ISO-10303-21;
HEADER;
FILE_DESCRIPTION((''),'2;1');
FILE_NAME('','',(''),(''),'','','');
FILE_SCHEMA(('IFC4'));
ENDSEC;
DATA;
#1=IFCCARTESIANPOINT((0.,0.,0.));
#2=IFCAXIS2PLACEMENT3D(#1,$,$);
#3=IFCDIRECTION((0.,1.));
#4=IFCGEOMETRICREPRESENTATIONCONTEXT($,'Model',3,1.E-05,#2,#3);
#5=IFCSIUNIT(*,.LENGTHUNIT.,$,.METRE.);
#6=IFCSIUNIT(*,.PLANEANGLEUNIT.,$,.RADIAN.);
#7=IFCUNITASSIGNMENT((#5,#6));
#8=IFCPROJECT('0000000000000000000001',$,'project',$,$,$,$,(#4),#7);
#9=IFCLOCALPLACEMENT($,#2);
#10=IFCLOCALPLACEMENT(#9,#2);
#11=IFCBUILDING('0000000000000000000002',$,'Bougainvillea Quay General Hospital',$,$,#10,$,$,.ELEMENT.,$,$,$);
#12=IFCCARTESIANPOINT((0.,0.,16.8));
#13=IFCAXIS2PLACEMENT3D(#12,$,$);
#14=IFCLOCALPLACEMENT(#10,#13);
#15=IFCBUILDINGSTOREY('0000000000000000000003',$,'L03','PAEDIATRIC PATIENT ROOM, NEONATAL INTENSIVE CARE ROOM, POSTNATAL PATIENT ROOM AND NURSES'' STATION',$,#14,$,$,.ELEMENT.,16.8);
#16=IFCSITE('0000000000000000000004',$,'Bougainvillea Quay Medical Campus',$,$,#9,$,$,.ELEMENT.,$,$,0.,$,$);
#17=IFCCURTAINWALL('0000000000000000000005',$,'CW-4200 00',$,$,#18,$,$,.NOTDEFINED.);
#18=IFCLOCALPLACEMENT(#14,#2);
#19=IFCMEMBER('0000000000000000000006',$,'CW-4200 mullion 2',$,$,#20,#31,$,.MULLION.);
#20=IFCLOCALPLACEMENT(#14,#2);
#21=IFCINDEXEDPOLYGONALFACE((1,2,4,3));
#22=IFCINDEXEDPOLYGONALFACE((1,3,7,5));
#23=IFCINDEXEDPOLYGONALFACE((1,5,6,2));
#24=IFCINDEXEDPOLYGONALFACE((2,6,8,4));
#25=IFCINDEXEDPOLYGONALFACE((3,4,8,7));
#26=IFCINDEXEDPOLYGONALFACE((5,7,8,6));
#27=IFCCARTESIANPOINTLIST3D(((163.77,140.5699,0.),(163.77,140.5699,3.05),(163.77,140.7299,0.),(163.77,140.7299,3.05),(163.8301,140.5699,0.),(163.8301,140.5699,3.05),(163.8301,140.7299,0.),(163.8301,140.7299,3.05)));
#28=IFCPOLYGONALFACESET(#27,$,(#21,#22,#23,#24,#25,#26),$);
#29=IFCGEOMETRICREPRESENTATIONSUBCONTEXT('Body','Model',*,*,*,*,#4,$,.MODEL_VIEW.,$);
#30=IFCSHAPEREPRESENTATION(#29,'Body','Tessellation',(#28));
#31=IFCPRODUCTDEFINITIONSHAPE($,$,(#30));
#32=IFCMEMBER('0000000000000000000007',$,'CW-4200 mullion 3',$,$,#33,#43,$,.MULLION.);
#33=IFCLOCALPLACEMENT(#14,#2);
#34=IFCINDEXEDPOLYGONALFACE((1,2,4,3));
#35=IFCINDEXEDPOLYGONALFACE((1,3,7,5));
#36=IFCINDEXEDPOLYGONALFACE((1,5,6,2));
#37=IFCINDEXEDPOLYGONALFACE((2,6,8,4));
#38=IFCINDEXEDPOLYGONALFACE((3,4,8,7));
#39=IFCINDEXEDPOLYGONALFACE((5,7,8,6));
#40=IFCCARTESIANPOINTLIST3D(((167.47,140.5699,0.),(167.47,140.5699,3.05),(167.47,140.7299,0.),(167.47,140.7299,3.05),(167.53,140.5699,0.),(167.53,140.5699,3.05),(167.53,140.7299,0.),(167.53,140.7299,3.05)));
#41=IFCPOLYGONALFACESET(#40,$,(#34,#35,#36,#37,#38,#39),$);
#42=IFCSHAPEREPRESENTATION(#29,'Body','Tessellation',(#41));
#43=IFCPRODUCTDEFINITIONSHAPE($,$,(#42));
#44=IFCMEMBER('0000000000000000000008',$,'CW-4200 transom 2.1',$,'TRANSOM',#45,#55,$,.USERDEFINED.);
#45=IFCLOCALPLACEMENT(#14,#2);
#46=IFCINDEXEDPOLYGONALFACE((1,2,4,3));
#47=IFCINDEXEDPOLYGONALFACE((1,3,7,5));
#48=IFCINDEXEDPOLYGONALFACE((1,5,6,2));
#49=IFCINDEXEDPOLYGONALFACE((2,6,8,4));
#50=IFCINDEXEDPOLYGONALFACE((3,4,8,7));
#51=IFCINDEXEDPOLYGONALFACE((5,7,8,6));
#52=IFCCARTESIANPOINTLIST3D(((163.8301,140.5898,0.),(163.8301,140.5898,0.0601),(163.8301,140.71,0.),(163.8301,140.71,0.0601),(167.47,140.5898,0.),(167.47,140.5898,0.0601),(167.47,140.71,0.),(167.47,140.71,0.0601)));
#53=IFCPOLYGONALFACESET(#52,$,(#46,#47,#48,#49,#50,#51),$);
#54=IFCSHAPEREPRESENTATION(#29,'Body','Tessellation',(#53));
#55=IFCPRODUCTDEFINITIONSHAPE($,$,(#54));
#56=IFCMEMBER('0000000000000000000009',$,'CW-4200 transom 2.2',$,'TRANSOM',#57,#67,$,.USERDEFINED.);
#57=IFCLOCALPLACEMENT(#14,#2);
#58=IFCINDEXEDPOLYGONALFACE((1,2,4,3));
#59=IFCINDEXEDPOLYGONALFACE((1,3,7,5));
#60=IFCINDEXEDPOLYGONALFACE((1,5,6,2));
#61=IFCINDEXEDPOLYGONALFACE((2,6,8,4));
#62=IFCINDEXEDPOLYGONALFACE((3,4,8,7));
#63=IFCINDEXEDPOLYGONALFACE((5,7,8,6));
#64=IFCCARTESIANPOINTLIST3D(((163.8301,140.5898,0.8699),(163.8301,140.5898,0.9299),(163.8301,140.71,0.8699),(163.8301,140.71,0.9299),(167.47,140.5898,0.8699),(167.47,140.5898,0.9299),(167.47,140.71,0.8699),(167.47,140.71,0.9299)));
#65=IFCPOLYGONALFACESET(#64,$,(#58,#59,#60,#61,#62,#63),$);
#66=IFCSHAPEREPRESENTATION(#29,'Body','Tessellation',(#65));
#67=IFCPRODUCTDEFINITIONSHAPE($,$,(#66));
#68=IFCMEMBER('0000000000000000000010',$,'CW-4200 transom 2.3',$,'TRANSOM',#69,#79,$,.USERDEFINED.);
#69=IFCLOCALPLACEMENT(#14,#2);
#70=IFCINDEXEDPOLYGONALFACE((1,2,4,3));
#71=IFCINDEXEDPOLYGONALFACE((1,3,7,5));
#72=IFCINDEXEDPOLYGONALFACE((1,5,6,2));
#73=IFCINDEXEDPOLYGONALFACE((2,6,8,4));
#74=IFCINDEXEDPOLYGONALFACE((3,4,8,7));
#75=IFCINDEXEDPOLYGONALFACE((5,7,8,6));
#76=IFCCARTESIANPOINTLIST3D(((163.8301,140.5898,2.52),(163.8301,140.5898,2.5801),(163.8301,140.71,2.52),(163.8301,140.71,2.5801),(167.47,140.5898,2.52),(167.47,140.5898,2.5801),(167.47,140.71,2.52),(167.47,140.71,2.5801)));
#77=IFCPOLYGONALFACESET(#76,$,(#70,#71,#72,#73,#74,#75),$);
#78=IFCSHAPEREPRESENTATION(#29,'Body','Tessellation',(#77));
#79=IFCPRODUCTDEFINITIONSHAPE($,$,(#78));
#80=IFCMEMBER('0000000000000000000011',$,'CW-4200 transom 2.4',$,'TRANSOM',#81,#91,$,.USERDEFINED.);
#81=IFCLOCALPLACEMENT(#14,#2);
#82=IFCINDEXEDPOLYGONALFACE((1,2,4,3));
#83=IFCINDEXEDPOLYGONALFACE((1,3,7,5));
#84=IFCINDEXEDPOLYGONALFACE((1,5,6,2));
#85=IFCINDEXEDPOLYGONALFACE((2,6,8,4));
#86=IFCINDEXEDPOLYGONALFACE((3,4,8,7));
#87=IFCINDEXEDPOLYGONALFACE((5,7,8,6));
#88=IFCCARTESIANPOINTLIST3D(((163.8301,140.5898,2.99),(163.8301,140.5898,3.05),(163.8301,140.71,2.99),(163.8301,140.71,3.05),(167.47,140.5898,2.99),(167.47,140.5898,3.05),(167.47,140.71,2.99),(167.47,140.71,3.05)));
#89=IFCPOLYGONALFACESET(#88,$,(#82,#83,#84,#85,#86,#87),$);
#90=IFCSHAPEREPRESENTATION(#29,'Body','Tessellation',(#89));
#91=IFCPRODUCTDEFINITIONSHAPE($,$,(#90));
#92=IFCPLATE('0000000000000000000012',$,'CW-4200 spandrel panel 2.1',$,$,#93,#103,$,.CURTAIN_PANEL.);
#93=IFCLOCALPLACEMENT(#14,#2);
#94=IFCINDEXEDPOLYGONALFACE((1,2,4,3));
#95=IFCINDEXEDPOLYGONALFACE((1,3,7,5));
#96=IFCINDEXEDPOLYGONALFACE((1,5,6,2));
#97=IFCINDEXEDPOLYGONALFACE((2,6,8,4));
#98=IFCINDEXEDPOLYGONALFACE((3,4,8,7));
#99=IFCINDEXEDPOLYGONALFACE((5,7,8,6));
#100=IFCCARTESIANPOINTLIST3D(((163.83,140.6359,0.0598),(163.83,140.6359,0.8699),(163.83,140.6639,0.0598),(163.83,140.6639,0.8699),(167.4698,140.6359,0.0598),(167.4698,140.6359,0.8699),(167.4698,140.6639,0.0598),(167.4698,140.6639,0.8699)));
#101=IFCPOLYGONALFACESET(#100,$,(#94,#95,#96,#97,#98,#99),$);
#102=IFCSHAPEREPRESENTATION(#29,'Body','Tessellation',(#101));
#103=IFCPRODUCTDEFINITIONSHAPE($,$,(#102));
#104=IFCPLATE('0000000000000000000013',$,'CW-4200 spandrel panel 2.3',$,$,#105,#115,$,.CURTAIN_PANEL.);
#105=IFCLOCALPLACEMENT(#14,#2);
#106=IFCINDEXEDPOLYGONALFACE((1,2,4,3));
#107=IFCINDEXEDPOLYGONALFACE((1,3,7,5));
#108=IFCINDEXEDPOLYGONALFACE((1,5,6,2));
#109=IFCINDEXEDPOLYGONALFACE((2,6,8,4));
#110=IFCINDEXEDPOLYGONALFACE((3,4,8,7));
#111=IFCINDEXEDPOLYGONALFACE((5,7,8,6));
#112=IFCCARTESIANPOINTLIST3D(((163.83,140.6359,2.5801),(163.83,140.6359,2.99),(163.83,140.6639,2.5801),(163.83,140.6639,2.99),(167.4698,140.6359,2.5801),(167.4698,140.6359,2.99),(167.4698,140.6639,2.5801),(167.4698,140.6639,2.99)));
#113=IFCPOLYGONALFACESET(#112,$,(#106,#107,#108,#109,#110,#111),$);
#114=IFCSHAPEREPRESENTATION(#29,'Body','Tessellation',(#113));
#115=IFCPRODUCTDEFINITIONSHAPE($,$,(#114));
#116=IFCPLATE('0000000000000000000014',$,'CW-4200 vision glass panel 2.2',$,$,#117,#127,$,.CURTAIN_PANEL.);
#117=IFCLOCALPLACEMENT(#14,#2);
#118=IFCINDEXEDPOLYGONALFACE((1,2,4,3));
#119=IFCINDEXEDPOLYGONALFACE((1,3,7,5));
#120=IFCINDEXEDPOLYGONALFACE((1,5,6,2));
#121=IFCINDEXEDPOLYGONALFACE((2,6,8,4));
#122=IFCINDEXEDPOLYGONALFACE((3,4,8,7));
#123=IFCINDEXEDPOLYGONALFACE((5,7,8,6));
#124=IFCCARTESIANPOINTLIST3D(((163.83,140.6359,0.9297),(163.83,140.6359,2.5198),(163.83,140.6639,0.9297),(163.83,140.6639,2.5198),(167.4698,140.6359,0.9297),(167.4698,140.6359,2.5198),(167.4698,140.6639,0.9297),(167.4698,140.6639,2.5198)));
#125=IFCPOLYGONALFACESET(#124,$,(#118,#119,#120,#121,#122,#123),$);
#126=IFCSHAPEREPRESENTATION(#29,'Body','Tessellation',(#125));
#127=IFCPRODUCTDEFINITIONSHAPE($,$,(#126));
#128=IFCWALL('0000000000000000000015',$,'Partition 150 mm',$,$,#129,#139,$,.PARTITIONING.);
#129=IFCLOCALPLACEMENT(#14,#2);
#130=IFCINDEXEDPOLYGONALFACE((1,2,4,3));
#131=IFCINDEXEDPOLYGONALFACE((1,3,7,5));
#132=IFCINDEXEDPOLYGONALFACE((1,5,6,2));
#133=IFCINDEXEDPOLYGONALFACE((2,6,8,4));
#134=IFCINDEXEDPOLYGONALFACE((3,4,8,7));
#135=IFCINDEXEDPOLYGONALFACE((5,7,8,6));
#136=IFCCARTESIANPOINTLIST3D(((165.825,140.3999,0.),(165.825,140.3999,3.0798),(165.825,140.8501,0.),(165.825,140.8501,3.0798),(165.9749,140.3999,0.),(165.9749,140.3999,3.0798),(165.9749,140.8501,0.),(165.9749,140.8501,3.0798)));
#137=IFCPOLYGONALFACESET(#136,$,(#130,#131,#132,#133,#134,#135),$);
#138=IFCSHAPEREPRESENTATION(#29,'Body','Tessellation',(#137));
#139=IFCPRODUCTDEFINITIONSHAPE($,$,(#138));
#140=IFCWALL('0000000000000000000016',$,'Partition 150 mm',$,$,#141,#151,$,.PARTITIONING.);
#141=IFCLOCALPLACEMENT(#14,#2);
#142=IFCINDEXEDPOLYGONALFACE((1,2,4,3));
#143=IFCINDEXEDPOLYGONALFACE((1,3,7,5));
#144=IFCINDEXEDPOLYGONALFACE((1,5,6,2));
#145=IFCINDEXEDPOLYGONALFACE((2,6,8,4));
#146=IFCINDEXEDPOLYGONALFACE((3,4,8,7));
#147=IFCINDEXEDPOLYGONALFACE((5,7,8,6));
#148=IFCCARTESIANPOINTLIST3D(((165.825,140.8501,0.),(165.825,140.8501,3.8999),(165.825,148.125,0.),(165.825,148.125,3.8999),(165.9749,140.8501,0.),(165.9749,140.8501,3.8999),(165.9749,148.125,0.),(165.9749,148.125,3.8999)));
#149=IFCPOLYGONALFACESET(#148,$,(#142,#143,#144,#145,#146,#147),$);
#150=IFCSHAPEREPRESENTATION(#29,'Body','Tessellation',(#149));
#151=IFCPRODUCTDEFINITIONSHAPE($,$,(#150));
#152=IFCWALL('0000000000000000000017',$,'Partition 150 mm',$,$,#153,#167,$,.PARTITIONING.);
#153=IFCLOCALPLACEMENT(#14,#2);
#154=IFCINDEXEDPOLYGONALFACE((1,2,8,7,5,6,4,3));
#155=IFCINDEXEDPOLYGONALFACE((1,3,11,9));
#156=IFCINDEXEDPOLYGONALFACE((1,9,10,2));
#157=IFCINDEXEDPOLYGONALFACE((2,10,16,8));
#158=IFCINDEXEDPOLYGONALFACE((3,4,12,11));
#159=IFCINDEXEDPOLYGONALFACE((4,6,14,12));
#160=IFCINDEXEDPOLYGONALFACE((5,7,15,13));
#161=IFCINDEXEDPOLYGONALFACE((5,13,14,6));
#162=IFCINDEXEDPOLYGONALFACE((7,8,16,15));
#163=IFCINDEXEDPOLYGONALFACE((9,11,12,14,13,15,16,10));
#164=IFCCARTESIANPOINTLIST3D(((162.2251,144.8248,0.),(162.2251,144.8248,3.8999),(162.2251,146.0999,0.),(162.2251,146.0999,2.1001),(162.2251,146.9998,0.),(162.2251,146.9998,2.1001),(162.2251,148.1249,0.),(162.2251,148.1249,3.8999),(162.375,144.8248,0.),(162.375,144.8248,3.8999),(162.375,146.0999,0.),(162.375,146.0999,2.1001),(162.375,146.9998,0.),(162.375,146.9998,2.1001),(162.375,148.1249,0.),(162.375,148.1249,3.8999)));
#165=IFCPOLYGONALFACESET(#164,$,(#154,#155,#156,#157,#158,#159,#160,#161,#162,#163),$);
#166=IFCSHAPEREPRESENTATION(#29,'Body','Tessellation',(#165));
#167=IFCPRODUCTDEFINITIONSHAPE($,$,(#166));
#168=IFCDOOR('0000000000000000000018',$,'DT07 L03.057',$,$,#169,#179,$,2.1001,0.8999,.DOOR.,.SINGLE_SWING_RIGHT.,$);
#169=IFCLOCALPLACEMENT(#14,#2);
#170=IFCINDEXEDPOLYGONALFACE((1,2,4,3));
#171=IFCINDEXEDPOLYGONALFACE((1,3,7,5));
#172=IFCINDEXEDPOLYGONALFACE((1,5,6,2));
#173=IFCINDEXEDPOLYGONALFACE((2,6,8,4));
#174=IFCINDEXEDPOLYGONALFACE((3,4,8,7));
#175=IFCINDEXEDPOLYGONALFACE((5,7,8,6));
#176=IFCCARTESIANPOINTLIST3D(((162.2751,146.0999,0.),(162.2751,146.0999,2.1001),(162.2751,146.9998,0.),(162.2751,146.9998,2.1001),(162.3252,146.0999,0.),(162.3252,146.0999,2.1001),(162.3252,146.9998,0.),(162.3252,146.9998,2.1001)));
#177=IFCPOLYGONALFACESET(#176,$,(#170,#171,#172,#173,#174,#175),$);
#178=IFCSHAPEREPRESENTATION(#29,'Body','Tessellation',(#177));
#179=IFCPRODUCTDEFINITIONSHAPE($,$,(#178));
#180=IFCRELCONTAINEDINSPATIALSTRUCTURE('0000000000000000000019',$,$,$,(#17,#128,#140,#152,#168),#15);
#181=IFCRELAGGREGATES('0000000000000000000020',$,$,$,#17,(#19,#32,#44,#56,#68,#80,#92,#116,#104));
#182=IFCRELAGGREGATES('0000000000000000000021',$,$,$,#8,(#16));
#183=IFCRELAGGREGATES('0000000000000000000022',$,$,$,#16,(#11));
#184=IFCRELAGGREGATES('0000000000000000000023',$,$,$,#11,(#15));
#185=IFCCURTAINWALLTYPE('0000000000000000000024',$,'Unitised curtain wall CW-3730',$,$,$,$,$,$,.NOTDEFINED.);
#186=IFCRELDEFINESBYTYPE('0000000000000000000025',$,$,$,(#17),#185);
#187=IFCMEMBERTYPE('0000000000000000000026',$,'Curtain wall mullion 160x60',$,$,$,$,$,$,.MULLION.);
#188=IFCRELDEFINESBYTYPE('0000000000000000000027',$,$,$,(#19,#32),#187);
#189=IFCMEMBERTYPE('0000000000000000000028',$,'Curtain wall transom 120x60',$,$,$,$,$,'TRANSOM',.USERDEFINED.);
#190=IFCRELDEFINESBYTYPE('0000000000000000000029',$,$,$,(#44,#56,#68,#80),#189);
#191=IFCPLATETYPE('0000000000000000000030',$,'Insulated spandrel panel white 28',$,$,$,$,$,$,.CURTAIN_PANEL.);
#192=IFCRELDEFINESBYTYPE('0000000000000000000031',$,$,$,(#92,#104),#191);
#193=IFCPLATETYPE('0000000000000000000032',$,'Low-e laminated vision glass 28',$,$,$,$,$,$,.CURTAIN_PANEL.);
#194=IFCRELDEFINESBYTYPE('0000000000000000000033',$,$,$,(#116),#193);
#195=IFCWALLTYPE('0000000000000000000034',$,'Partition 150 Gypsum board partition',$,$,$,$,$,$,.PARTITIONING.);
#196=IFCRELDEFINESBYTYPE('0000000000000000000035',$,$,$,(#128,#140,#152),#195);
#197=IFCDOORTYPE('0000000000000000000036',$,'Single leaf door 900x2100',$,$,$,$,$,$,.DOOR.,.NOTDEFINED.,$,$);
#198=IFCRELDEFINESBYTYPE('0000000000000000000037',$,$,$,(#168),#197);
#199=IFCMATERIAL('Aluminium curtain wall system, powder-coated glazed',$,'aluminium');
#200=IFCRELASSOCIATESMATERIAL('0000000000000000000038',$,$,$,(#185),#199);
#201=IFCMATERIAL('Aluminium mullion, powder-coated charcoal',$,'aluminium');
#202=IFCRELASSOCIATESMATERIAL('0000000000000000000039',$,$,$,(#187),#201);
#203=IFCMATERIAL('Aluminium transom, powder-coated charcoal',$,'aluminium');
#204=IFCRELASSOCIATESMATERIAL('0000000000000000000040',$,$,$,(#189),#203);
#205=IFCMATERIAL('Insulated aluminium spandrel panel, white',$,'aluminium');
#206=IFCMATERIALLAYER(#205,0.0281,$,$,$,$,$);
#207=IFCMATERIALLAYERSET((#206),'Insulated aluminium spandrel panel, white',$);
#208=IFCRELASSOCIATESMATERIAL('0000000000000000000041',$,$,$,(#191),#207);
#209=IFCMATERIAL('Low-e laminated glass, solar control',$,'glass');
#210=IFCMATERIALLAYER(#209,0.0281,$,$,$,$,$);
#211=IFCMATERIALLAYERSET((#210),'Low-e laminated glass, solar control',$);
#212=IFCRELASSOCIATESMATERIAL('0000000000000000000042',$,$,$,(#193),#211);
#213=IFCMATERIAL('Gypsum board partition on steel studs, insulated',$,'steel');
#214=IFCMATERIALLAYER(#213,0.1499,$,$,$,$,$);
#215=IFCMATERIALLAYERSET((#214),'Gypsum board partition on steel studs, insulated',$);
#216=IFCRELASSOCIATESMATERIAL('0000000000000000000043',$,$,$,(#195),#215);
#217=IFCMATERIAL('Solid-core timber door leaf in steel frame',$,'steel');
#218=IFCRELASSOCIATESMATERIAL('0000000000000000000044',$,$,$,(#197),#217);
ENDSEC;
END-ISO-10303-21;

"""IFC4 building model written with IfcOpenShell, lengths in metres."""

from ifc_helpers import new_model, si_unit, direction, frame, frame_2d, origin, origin_2d, place, context, subcontext, project, spatial, rectangle, extrude, material, layer, layer_set, material_profile, profile_set, type_object, element, fill, aggregate, save


model = new_model("IFC4")

# Units and contexts
model_context = context("Model", 3, precision=1e-05, world=origin(), true_north=direction((0.0, 1.0)))
body_context = subcontext(model_context, "Body", "Model", "MODEL_VIEW")
ifc_project = project(units=[si_unit("LENGTHUNIT", "METRE"), si_unit("PLANEANGLEUNIT", "RADIAN")], contexts=[model_context])

# Site, building, storey
site_placement = place(None, origin())
site = spatial("IfcSite", under=ifc_project, at=site_placement, Name="Bougainvillea Quay Medical Campus", CompositionType="ELEMENT", RefElevation=0.0)
building_placement = place(site_placement, origin())
building = spatial("IfcBuilding", under=site, at=building_placement, Name="Bougainvillea Quay General Hospital", CompositionType="ELEMENT")
storey_placement = place(building_placement, frame((0.0, 0.0, 16.8)))
storey = spatial("IfcBuildingStorey", under=building, at=storey_placement, Name="L03", Description="PAEDIATRIC PATIENT ROOM, NEONATAL INTENSIVE CARE ROOM, POSTNATAL PATIENT ROOM AND NURSES' STATION", CompositionType="ELEMENT", Elevation=16.8)

# Curtain wall, members, plates
ifc_material_1 = material(Name="Aluminium curtain wall system, powder-coated glazed", Category="aluminium")
curtain_wall_type = type_object("IfcCurtainWallType", Name="Unitised curtain wall CW-3730", PredefinedType="NOTDEFINED", material=ifc_material_1)
curtain_wall_placement = place(storey_placement, origin())
curtain_wall = element("IfcCurtainWall", 1, at=curtain_wall_placement, inside=storey, type_object=curtain_wall_type, Name="CW-4200 00", PredefinedType="NOTDEFINED")
ifc_material_2 = material(Name="Aluminium mullion, powder-coated charcoal", Category="aluminium")
ifc_material_profile_1 = material_profile(ifc_material_2, rectangle(XDim=0.1599, YDim=0.0601, at=origin_2d()))
ifc_profile_set_1 = profile_set([ifc_material_profile_1], Name="Aluminium mullion, powder-coated charcoal")
member_type_1 = type_object("IfcMemberType", Name="Curtain wall mullion 160x60", PredefinedType="MULLION", material=ifc_profile_set_1)
member_1_placement = place(storey_placement, frame((163.8, 140.6499, 0.0), z_axis=(0.0, 0.0, 1.0), x_axis=(0.0, 1.0, 0.0)))
member_1 = element("IfcMember", 2, at=member_1_placement, type_object=member_type_1, Name="CW-4200 mullion 2", PredefinedType="MULLION", context=body_context, shape_type="SweptSolid", body=[
    extrude(rectangle(XDim=0.1599, YDim=0.0601, at=origin_2d()), origin(), (0.0, 0.0, 1.0), 3.05),
])
member_2_placement = place(storey_placement, frame((167.5, 140.6499, 0.0), z_axis=(0.0, 0.0, 1.0), x_axis=(0.0, 1.0, 0.0)))
member_2 = element("IfcMember", 3, at=member_2_placement, type_object=member_type_1, Name="CW-4200 mullion 3", PredefinedType="MULLION", context=body_context, shape_type="SweptSolid", body=[
    extrude(rectangle(XDim=0.1599, YDim=0.0601, at=origin_2d()), origin(), (0.0, 0.0, 1.0), 3.05),
])
ifc_material_3 = material(Name="Aluminium transom, powder-coated charcoal", Category="aluminium")
ifc_material_profile_2 = material_profile(ifc_material_3, rectangle(XDim=0.1201, YDim=0.0601, at=origin_2d()))
ifc_profile_set_2 = profile_set([ifc_material_profile_2], Name="Aluminium transom, powder-coated charcoal")
member_type_2 = type_object("IfcMemberType", Name="Curtain wall transom 120x60", ElementType="TRANSOM", PredefinedType="USERDEFINED", material=ifc_profile_set_2)
member_3_placement = place(storey_placement, frame((163.8301, 140.6499, 0.03), z_axis=(1.0, 0.0, 0.0), x_axis=(0.0, 1.0, 0.0)))
member_3 = element("IfcMember", 4, at=member_3_placement, type_object=member_type_2, Name="CW-4200 transom 2.1", ObjectType="TRANSOM", PredefinedType="USERDEFINED", context=body_context, shape_type="SweptSolid", body=[
    extrude(rectangle(XDim=0.1201, YDim=0.0601, at=origin_2d()), origin(), (0.0, 0.0, 1.0), 3.6399),
])
member_4_placement = place(storey_placement, frame((163.8301, 140.6499, 0.8999), z_axis=(1.0, 0.0, 0.0), x_axis=(0.0, 1.0, 0.0)))
member_4 = element("IfcMember", 5, at=member_4_placement, type_object=member_type_2, Name="CW-4200 transom 2.2", ObjectType="TRANSOM", PredefinedType="USERDEFINED", context=body_context, shape_type="SweptSolid", body=[
    extrude(rectangle(XDim=0.1201, YDim=0.0601, at=origin_2d()), origin(), (0.0, 0.0, 1.0), 3.6399),
])
member_5_placement = place(storey_placement, frame((163.8301, 140.6499, 2.55), z_axis=(1.0, 0.0, 0.0), x_axis=(0.0, 1.0, 0.0)))
member_5 = element("IfcMember", 6, at=member_5_placement, type_object=member_type_2, Name="CW-4200 transom 2.3", ObjectType="TRANSOM", PredefinedType="USERDEFINED", context=body_context, shape_type="SweptSolid", body=[
    extrude(rectangle(XDim=0.1201, YDim=0.0601, at=origin_2d()), origin(), (0.0, 0.0, 1.0), 3.6399),
])
member_6_placement = place(storey_placement, frame((163.8301, 140.6499, 3.02), z_axis=(1.0, 0.0, 0.0), x_axis=(0.0, 1.0, 0.0)))
member_6 = element("IfcMember", 7, at=member_6_placement, type_object=member_type_2, Name="CW-4200 transom 2.4", ObjectType="TRANSOM", PredefinedType="USERDEFINED", context=body_context, shape_type="SweptSolid", body=[
    extrude(rectangle(XDim=0.1201, YDim=0.0601, at=origin_2d()), origin(), (0.0, 0.0, 1.0), 3.6399),
])
ifc_material_4 = material(Name="Insulated aluminium spandrel panel, white", Category="aluminium")
ifc_layer_1 = layer(ifc_material_4, 0.0281)
ifc_layer_set_1 = layer_set([ifc_layer_1], Name="Insulated aluminium spandrel panel, white")
plate_type_1 = type_object("IfcPlateType", Name="Insulated spandrel panel white 28", PredefinedType="CURTAIN_PANEL", material=ifc_layer_set_1)
plate_1_placement = place(storey_placement, frame((165.6499, 140.6499, 0.0598), z_axis=(0.0, 0.0, 1.0), x_axis=(1.0, 0.0, 0.0)))
plate_1 = element("IfcPlate", 8, at=plate_1_placement, type_object=plate_type_1, Name="CW-4200 spandrel panel 2.1", PredefinedType="CURTAIN_PANEL", context=body_context, shape_type="SweptSolid", body=[
    extrude(rectangle(XDim=3.6399, YDim=0.0281, at=origin_2d()), origin(), (0.0, 0.0, 1.0), 0.8101),
])
plate_2_placement = place(storey_placement, frame((165.6499, 140.6499, 2.5801), z_axis=(0.0, 0.0, 1.0), x_axis=(1.0, 0.0, 0.0)))
plate_2 = element("IfcPlate", 9, at=plate_2_placement, type_object=plate_type_1, Name="CW-4200 spandrel panel 2.3", PredefinedType="CURTAIN_PANEL", context=body_context, shape_type="SweptSolid", body=[
    extrude(rectangle(XDim=3.6399, YDim=0.0281, at=origin_2d()), origin(), (0.0, 0.0, 1.0), 0.4099),
])
ifc_material_5 = material(Name="Low-e laminated glass, solar control", Category="glass")
ifc_layer_2 = layer(ifc_material_5, 0.0281)
ifc_layer_set_2 = layer_set([ifc_layer_2], Name="Low-e laminated glass, solar control")
plate_type_2 = type_object("IfcPlateType", Name="Low-e laminated vision glass 28", PredefinedType="CURTAIN_PANEL", material=ifc_layer_set_2)
plate_3_placement = place(storey_placement, frame((165.6499, 140.6499, 0.9297), z_axis=(0.0, 0.0, 1.0), x_axis=(1.0, 0.0, 0.0)))
plate_3 = element("IfcPlate", 10, at=plate_3_placement, type_object=plate_type_2, Name="CW-4200 vision glass panel 2.2", PredefinedType="CURTAIN_PANEL", context=body_context, shape_type="SweptSolid", body=[
    extrude(rectangle(XDim=3.6399, YDim=0.0281, at=origin_2d()), origin(), (0.0, 0.0, 1.0), 1.5901),
])
aggregate(curtain_wall, [member_1, member_2, member_3, member_4, member_5, member_6, plate_1, plate_3, plate_2])

# Walls
ifc_material_6 = material(Name="Gypsum board partition on steel studs, insulated", Category="steel")
ifc_layer_3 = layer(ifc_material_6, 0.1499)
ifc_layer_set_3 = layer_set([ifc_layer_3], Name="Gypsum board partition on steel studs, insulated")
wall_type = type_object("IfcWallType", Name="Partition 150 Gypsum board partition", PredefinedType="PARTITIONING", material=ifc_layer_set_3)
wall_1_placement = place(storey_placement, frame((165.8999, 140.3999, 0.0), z_axis=(0.0, 0.0, 1.0), x_axis=(0.0, 1.0, 0.0)))
element("IfcWall", 11, at=wall_1_placement, inside=storey, type_object=wall_type, Name="Partition 150 mm", PredefinedType="PARTITIONING", context=body_context, shape_type="SweptSolid", body=[
    extrude(rectangle(XDim=0.4502, YDim=0.1499, at=frame_2d((0.2251, 0.0))), origin(), (0.0, 0.0, 1.0), 3.0798),
])
wall_2_placement = place(storey_placement, frame((165.8999, 140.8501, 0.0), z_axis=(0.0, 0.0, 1.0), x_axis=(0.0, 1.0, 0.0)))
element("IfcWall", 12, at=wall_2_placement, inside=storey, type_object=wall_type, Name="Partition 150 mm", PredefinedType="PARTITIONING", context=body_context, shape_type="SweptSolid", body=[
    extrude(rectangle(XDim=7.2749, YDim=0.1499, at=frame_2d((3.6375, 0.0))), origin(), (0.0, 0.0, 1.0), 3.8999),
])

# Wall, opening, door
wall_3_placement = place(storey_placement, frame((162.3, 144.825, 0.0), z_axis=(0.0, 0.0, 1.0), x_axis=(0.0, 1.0, 0.0)))
wall_3 = element("IfcWall", 13, at=wall_3_placement, inside=storey, type_object=wall_type, Name="Partition 150 mm", PredefinedType="PARTITIONING", context=body_context, shape_type="SweptSolid", body=[
    extrude(rectangle(XDim=3.3, YDim=0.1499, at=frame_2d((1.6499, 0.0))), origin(), (0.0, 0.0, 1.0), 3.8999),
])
opening_placement = place(wall_3_placement, frame((1.2749, 0.0, 0.0)))
opening = element("IfcOpeningElement", 14, at=opening_placement, cuts=wall_3, PredefinedType="OPENING", context=body_context, shape_type="SweptSolid", body=[
    extrude(rectangle(XDim=0.8999, YDim=2.1001, at=frame_2d((0.45, 1.05))), frame((0.0, 0.085, 0.0), z_axis=(0.0, -1.0, 0.0), x_axis=(1.0, 0.0, 0.0)), (0.0, 0.0, 1.0), 0.1699),
])
ifc_material_7 = material(Name="Solid-core timber door leaf in steel frame", Category="steel")
door_type = type_object("IfcDoorType", Name="Single leaf door 900x2100", OperationType="NOTDEFINED", PredefinedType="DOOR", material=ifc_material_7)
door_placement = place(opening_placement, origin())
door = element("IfcDoor", 15, at=door_placement, inside=storey, type_object=door_type, Name="DT07 L03.057", OperationType="SINGLE_SWING_RIGHT", OverallHeight=2.1001, OverallWidth=0.8999, PredefinedType="DOOR", context=body_context, shape_type="SweptSolid", body=[
    extrude(rectangle(XDim=0.8999, YDim=2.1001, at=frame_2d((0.45, 1.05))), frame((0.0, 0.0249, 0.0), z_axis=(0.0, -1.0, 0.0), x_axis=(1.0, 0.0, 0.0)), (0.0, 0.0, 1.0), 0.05),
])
fill(opening, door)

save(model, "model.ifc")
